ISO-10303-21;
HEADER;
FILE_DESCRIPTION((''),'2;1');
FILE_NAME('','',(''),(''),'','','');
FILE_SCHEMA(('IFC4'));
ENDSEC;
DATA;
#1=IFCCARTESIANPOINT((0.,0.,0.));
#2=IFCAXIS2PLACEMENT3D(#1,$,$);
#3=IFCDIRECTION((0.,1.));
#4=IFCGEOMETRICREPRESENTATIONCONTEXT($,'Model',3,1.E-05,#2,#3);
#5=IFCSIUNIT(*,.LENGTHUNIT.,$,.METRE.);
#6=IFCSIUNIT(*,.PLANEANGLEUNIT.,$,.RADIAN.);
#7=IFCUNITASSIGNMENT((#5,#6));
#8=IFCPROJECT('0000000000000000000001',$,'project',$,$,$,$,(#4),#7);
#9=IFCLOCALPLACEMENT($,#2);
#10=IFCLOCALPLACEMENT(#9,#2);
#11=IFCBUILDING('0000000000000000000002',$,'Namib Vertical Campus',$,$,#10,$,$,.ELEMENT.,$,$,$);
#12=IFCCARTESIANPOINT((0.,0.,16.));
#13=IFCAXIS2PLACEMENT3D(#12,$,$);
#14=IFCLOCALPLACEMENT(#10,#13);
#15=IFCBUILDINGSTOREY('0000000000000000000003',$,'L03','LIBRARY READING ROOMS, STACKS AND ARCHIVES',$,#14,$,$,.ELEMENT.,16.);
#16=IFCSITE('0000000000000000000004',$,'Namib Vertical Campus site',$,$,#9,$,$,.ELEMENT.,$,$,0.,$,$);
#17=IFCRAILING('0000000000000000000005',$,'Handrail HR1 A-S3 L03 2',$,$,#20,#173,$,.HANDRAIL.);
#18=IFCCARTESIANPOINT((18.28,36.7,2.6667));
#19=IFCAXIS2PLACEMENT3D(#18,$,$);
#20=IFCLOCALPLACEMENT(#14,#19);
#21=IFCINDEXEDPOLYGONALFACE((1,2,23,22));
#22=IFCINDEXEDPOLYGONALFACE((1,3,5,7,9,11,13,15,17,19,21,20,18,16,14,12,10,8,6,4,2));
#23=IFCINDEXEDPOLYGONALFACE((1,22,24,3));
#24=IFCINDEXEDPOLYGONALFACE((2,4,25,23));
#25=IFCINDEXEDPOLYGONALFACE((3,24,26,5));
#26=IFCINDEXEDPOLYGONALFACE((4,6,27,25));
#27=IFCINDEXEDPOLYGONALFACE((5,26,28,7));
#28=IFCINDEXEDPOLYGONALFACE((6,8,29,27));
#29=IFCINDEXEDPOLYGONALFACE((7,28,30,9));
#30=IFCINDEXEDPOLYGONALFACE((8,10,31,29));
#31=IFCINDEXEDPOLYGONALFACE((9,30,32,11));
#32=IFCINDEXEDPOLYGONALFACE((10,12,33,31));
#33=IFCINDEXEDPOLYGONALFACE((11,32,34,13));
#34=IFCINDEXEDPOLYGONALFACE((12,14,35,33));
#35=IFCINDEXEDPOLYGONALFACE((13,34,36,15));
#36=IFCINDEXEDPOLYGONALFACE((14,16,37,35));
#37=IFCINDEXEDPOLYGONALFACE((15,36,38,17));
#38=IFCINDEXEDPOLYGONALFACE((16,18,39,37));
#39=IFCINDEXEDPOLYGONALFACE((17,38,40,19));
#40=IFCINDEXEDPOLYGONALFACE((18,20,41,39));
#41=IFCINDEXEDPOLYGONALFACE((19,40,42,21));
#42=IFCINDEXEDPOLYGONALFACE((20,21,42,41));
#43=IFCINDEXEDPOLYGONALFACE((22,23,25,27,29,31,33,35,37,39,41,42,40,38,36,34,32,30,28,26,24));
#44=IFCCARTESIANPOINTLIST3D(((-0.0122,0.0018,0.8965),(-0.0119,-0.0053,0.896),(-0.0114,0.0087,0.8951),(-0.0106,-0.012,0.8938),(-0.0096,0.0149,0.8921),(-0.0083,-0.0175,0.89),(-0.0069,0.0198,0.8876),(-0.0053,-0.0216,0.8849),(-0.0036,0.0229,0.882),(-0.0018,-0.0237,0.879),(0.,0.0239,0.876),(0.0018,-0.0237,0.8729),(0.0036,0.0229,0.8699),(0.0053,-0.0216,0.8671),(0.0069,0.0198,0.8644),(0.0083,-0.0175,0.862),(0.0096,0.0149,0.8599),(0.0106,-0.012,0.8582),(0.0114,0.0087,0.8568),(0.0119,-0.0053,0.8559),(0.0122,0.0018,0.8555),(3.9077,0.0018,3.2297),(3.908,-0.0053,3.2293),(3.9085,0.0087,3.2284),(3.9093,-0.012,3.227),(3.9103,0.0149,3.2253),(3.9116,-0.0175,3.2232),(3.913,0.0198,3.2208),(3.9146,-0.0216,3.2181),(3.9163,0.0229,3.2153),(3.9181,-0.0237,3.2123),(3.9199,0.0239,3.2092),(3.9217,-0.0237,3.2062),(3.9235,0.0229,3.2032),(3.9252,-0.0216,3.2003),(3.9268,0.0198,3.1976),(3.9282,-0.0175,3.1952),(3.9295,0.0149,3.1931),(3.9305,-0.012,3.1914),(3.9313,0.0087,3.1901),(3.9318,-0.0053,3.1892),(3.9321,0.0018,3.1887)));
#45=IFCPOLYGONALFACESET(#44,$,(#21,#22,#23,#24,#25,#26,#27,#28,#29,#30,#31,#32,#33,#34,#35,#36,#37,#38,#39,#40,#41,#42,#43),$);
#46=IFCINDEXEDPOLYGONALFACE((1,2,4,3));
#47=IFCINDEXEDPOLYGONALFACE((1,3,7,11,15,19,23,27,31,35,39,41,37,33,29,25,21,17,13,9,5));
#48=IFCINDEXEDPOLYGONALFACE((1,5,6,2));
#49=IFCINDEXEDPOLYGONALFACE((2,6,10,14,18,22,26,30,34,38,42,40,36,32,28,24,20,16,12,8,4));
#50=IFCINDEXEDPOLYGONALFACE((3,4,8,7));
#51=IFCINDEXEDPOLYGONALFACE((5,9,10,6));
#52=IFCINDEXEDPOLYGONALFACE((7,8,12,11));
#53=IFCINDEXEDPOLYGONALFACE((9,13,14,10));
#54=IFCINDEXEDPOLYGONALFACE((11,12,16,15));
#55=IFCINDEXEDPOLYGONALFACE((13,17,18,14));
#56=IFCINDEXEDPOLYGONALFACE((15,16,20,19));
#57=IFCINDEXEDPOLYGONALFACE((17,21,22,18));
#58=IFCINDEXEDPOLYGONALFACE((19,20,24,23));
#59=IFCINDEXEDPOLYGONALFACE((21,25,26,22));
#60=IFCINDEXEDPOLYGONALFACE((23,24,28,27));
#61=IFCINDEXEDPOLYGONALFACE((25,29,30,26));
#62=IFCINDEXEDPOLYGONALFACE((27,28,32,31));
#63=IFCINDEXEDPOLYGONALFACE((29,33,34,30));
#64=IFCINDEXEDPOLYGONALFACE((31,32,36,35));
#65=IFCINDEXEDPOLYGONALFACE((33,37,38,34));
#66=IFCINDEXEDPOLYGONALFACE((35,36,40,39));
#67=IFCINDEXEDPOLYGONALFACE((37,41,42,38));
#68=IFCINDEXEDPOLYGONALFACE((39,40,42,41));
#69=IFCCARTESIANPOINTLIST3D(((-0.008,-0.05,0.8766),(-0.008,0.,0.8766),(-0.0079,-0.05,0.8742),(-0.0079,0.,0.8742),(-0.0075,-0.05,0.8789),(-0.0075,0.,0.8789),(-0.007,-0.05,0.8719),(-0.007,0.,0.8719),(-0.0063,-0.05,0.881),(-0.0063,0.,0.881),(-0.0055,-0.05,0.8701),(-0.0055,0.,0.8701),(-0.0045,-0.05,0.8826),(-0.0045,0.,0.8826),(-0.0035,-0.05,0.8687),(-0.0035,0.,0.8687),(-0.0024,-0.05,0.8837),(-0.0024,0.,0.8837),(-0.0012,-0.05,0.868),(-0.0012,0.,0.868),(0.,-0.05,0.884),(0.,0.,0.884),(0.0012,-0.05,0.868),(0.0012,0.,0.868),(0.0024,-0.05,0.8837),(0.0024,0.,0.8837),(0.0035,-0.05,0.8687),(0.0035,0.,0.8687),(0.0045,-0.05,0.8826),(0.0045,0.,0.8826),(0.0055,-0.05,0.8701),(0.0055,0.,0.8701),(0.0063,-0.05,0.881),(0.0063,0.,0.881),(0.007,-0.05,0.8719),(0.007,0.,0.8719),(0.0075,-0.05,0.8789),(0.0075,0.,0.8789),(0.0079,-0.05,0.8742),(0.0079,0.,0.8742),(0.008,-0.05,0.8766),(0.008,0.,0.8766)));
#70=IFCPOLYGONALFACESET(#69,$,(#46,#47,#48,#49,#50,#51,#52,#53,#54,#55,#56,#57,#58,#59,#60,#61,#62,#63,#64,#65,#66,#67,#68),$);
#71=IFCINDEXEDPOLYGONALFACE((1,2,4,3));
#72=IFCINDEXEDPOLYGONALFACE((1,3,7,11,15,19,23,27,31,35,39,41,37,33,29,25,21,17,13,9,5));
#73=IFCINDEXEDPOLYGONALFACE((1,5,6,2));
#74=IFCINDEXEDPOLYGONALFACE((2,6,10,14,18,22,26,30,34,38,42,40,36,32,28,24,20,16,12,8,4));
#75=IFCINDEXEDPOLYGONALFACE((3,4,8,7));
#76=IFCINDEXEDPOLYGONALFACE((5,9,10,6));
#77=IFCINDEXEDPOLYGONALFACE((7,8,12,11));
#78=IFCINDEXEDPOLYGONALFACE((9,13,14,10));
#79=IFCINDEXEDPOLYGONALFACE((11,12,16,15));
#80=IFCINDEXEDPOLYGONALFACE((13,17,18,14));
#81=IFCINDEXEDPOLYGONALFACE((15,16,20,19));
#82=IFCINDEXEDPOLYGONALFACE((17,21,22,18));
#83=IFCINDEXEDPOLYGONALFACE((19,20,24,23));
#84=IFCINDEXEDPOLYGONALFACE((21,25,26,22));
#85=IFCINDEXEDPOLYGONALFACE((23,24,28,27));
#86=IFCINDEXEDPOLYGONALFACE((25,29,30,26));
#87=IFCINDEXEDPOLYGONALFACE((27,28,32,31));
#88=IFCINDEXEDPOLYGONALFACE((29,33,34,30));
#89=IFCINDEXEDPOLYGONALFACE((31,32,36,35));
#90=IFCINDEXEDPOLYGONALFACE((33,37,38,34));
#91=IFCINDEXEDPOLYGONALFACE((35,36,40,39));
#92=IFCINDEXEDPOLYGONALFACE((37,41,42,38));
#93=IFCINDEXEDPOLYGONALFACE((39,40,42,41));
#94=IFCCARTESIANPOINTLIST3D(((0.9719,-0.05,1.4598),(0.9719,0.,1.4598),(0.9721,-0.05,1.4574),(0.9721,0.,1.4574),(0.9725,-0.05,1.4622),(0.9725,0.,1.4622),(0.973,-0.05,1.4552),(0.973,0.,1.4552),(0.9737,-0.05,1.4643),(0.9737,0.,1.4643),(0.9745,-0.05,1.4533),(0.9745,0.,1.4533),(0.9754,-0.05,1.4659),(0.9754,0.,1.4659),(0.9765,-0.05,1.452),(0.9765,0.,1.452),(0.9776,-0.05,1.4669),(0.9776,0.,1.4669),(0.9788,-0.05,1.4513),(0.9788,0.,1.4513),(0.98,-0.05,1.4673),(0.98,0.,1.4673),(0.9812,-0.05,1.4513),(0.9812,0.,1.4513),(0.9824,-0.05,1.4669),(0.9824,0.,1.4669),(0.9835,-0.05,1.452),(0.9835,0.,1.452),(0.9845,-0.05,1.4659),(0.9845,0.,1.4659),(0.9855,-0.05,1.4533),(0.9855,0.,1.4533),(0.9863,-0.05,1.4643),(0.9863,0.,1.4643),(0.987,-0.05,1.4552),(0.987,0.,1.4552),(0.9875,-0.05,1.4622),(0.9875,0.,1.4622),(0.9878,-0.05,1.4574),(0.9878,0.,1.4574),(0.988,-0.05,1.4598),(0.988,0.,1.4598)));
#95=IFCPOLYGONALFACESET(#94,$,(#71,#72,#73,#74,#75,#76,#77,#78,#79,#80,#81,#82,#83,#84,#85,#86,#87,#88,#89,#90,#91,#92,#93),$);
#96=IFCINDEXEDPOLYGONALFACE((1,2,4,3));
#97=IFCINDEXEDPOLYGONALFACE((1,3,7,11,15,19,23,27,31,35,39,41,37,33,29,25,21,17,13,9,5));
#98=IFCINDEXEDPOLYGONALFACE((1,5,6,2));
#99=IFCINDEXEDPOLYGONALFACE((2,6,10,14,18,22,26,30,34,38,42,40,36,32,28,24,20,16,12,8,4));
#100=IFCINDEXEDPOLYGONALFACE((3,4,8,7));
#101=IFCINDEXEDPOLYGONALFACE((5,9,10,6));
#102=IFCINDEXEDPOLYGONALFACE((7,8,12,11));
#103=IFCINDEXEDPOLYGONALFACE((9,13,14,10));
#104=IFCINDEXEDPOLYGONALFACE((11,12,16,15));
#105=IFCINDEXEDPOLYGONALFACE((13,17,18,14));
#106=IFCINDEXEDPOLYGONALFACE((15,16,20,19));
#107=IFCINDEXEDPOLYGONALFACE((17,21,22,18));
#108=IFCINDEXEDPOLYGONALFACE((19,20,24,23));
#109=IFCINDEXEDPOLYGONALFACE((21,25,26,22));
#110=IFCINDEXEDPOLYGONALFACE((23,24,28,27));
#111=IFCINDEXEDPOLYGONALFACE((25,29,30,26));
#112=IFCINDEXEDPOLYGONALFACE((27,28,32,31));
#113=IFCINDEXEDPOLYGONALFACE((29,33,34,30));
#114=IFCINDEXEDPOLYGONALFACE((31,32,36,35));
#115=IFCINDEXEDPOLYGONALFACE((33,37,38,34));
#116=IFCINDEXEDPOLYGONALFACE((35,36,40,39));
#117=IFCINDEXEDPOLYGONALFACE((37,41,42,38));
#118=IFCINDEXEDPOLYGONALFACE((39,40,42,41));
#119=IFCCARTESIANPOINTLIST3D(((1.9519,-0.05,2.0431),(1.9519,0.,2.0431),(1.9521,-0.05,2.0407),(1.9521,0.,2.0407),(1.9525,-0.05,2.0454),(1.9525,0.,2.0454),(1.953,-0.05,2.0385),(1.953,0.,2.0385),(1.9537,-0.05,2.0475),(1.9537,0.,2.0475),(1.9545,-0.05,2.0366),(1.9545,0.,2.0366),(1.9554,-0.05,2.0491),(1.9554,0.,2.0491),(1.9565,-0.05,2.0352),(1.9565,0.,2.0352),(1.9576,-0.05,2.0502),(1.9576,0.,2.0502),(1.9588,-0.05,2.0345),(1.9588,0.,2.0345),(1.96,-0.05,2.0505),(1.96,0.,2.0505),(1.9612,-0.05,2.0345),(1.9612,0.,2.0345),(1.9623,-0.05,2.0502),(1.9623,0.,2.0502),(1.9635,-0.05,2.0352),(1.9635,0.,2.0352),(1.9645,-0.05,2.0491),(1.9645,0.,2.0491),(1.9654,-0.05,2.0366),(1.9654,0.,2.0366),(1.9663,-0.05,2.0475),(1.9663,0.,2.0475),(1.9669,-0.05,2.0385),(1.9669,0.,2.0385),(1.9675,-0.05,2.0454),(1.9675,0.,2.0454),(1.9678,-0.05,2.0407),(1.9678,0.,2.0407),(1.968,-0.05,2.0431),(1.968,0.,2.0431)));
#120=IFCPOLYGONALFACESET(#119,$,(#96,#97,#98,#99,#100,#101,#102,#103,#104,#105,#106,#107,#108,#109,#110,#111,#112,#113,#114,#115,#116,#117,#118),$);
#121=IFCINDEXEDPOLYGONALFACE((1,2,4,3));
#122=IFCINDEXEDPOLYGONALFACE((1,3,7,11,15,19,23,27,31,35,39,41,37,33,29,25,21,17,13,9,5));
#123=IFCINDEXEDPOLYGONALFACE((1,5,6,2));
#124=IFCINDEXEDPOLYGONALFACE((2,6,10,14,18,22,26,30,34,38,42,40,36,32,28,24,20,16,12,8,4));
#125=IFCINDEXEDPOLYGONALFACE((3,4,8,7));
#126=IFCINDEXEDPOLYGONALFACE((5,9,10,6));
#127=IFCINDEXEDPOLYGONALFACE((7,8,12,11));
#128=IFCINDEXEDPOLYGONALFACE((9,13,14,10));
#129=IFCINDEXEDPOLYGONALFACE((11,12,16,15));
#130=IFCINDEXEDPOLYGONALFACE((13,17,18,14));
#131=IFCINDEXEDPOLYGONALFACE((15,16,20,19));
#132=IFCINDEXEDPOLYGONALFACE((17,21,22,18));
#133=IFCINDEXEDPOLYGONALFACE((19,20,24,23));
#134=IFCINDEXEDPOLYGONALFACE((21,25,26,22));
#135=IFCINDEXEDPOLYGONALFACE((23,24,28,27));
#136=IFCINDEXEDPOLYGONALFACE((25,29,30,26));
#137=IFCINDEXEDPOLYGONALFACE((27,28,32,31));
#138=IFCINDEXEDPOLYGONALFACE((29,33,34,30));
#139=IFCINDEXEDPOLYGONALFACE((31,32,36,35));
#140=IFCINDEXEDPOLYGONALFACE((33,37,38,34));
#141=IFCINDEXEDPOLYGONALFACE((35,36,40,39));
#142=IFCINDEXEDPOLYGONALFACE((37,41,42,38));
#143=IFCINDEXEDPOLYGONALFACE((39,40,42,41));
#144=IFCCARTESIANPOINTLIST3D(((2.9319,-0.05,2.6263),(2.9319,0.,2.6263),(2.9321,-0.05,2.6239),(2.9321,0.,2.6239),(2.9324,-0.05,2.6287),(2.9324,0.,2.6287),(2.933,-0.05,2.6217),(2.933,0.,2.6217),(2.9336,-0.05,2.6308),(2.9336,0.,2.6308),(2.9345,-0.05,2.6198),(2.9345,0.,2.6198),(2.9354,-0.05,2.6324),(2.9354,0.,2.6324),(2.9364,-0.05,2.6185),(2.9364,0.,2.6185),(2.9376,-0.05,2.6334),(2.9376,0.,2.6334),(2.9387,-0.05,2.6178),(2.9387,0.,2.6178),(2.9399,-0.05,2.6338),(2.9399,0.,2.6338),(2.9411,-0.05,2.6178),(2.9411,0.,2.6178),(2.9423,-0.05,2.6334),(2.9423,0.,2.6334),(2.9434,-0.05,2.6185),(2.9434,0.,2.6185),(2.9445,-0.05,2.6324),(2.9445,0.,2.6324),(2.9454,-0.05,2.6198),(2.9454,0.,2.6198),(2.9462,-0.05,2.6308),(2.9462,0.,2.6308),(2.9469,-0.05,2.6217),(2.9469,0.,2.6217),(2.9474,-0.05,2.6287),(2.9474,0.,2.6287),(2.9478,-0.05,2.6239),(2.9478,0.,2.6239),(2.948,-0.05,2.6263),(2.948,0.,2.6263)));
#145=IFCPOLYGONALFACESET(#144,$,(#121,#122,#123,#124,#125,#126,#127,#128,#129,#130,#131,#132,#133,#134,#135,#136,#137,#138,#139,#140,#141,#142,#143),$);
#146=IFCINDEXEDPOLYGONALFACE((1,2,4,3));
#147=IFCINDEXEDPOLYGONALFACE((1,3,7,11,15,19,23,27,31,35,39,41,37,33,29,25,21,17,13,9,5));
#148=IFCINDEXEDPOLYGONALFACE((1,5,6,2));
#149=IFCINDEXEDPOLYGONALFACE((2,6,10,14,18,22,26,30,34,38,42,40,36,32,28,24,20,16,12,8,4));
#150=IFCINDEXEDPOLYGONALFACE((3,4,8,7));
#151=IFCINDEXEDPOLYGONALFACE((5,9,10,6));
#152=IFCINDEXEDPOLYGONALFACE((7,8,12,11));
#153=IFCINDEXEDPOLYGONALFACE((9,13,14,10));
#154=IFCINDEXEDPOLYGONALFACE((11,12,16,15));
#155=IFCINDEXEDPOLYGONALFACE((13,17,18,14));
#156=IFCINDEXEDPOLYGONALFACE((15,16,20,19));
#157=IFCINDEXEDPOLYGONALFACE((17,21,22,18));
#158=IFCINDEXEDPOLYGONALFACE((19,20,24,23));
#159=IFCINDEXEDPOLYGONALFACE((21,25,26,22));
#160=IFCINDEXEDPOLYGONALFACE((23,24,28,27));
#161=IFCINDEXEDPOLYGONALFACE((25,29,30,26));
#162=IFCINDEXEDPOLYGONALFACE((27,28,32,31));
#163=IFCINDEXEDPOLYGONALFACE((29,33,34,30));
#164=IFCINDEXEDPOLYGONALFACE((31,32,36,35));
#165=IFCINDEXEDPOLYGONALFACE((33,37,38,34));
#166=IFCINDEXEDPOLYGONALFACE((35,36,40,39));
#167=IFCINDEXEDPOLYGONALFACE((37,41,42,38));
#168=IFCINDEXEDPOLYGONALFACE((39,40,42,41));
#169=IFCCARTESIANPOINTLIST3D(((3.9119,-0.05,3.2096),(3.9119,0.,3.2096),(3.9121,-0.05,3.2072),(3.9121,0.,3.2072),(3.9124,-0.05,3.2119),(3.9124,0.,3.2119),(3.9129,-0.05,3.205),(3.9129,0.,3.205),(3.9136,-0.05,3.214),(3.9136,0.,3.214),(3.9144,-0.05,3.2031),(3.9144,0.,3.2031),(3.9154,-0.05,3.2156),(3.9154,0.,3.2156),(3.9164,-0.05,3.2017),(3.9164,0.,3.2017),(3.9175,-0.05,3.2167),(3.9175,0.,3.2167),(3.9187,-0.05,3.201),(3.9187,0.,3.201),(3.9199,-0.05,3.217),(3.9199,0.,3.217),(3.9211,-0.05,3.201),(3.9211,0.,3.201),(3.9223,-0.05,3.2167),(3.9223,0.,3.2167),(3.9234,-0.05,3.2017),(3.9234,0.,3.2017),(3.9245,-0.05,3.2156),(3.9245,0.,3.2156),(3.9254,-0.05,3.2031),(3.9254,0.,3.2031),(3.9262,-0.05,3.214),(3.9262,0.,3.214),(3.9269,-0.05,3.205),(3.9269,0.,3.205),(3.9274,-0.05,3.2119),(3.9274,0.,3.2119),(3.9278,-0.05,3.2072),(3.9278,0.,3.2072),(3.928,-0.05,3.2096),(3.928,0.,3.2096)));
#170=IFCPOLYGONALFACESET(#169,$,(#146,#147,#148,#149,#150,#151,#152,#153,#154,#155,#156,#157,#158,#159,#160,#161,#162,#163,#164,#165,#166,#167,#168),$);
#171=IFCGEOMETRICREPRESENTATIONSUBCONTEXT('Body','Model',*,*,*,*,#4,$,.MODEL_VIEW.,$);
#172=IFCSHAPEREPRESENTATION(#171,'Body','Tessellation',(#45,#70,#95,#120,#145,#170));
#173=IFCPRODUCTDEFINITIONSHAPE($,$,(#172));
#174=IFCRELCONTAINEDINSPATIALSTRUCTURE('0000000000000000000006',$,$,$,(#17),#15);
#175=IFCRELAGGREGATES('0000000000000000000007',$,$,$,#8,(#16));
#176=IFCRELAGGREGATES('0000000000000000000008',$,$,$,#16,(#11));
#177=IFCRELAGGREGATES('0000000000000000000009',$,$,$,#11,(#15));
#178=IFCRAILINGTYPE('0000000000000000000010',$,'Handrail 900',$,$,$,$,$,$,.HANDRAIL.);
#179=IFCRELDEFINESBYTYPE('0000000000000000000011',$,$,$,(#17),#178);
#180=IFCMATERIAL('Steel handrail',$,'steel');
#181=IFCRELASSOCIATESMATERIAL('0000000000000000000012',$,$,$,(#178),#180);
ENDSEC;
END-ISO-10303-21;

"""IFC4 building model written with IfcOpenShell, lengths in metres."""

from ifc_helpers import new_model, si_unit, direction, frame, origin, origin_2d, place, context, subcontext, project, spatial, circle, extrude, material, type_object, element, save


model = new_model("IFC4")

# Units and contexts
model_context = context("Model", 3, precision=1e-05, world=origin(), true_north=direction((0.0, 1.0)))
body_context = subcontext(model_context, "Body", "Model", "MODEL_VIEW")
ifc_project = project(units=[si_unit("LENGTHUNIT", "METRE"), si_unit("PLANEANGLEUNIT", "RADIAN")], contexts=[model_context])

# Site, building, storey
site_placement = place(None, origin())
site = spatial("IfcSite", under=ifc_project, at=site_placement, Name="Namib Vertical Campus site", CompositionType="ELEMENT", RefElevation=0.0)
building_placement = place(site_placement, origin())
building = spatial("IfcBuilding", under=site, at=building_placement, Name="Namib Vertical Campus", CompositionType="ELEMENT")
storey_placement = place(building_placement, frame((0.0, 0.0, 16.0)))
storey = spatial("IfcBuildingStorey", under=building, at=storey_placement, Name="L03", Description="LIBRARY READING ROOMS, STACKS AND ARCHIVES", CompositionType="ELEMENT", Elevation=16.0)

# Railing
ifc_material_1 = material(Name="Steel handrail", Category="steel")
railing_type_1 = type_object("IfcRailingType", Name="Handrail 900", PredefinedType="HANDRAIL", material=ifc_material_1)
railing_1_placement = place(storey_placement, frame((18.28, 36.7, 2.6667)))
element("IfcRailing", 1, at=railing_1_placement, inside=storey, type_object=railing_type_1, Name="Handrail HR1 A-S3 L03 2", PredefinedType="HANDRAIL", context=body_context, shape_type="SweptSolid", body=[
    extrude(circle(Radius=0.0239, at=origin_2d()), frame((0.0, 0.0, 0.876), z_axis=(0.859296, 0.0, 0.511478), x_axis=(0.0, 1.0, 0.0)), (0.0, 0.0, 1.0), 4.5618),
    extrude(circle(Radius=0.0081, at=origin_2d()), frame((0.0, 0.0, 0.876), z_axis=(0.0, -1.0, 0.0), x_axis=(0.0, 0.0, 1.0)), (0.0, 0.0, 1.0), 0.05),
    extrude(circle(Radius=0.0081, at=origin_2d()), frame((0.98, 0.0, 1.4592), z_axis=(0.0, -1.0, 0.0), x_axis=(0.0, 0.0, 1.0)), (0.0, 0.0, 1.0), 0.05),
    extrude(circle(Radius=0.0081, at=origin_2d()), frame((1.96, 0.0, 2.0425), z_axis=(0.0, -1.0, 0.0), x_axis=(0.0, 0.0, 1.0)), (0.0, 0.0, 1.0), 0.05),
    extrude(circle(Radius=0.0081, at=origin_2d()), frame((2.9399, 0.0, 2.6257), z_axis=(0.0, -1.0, 0.0), x_axis=(0.0, 0.0, 1.0)), (0.0, 0.0, 1.0), 0.05),
    extrude(circle(Radius=0.0081, at=origin_2d()), frame((3.9199, 0.0, 3.209), z_axis=(0.0, -1.0, 0.0), x_axis=(0.0, 0.0, 1.0)), (0.0, 0.0, 1.0), 0.05),
])

save(model, "model.ifc")
